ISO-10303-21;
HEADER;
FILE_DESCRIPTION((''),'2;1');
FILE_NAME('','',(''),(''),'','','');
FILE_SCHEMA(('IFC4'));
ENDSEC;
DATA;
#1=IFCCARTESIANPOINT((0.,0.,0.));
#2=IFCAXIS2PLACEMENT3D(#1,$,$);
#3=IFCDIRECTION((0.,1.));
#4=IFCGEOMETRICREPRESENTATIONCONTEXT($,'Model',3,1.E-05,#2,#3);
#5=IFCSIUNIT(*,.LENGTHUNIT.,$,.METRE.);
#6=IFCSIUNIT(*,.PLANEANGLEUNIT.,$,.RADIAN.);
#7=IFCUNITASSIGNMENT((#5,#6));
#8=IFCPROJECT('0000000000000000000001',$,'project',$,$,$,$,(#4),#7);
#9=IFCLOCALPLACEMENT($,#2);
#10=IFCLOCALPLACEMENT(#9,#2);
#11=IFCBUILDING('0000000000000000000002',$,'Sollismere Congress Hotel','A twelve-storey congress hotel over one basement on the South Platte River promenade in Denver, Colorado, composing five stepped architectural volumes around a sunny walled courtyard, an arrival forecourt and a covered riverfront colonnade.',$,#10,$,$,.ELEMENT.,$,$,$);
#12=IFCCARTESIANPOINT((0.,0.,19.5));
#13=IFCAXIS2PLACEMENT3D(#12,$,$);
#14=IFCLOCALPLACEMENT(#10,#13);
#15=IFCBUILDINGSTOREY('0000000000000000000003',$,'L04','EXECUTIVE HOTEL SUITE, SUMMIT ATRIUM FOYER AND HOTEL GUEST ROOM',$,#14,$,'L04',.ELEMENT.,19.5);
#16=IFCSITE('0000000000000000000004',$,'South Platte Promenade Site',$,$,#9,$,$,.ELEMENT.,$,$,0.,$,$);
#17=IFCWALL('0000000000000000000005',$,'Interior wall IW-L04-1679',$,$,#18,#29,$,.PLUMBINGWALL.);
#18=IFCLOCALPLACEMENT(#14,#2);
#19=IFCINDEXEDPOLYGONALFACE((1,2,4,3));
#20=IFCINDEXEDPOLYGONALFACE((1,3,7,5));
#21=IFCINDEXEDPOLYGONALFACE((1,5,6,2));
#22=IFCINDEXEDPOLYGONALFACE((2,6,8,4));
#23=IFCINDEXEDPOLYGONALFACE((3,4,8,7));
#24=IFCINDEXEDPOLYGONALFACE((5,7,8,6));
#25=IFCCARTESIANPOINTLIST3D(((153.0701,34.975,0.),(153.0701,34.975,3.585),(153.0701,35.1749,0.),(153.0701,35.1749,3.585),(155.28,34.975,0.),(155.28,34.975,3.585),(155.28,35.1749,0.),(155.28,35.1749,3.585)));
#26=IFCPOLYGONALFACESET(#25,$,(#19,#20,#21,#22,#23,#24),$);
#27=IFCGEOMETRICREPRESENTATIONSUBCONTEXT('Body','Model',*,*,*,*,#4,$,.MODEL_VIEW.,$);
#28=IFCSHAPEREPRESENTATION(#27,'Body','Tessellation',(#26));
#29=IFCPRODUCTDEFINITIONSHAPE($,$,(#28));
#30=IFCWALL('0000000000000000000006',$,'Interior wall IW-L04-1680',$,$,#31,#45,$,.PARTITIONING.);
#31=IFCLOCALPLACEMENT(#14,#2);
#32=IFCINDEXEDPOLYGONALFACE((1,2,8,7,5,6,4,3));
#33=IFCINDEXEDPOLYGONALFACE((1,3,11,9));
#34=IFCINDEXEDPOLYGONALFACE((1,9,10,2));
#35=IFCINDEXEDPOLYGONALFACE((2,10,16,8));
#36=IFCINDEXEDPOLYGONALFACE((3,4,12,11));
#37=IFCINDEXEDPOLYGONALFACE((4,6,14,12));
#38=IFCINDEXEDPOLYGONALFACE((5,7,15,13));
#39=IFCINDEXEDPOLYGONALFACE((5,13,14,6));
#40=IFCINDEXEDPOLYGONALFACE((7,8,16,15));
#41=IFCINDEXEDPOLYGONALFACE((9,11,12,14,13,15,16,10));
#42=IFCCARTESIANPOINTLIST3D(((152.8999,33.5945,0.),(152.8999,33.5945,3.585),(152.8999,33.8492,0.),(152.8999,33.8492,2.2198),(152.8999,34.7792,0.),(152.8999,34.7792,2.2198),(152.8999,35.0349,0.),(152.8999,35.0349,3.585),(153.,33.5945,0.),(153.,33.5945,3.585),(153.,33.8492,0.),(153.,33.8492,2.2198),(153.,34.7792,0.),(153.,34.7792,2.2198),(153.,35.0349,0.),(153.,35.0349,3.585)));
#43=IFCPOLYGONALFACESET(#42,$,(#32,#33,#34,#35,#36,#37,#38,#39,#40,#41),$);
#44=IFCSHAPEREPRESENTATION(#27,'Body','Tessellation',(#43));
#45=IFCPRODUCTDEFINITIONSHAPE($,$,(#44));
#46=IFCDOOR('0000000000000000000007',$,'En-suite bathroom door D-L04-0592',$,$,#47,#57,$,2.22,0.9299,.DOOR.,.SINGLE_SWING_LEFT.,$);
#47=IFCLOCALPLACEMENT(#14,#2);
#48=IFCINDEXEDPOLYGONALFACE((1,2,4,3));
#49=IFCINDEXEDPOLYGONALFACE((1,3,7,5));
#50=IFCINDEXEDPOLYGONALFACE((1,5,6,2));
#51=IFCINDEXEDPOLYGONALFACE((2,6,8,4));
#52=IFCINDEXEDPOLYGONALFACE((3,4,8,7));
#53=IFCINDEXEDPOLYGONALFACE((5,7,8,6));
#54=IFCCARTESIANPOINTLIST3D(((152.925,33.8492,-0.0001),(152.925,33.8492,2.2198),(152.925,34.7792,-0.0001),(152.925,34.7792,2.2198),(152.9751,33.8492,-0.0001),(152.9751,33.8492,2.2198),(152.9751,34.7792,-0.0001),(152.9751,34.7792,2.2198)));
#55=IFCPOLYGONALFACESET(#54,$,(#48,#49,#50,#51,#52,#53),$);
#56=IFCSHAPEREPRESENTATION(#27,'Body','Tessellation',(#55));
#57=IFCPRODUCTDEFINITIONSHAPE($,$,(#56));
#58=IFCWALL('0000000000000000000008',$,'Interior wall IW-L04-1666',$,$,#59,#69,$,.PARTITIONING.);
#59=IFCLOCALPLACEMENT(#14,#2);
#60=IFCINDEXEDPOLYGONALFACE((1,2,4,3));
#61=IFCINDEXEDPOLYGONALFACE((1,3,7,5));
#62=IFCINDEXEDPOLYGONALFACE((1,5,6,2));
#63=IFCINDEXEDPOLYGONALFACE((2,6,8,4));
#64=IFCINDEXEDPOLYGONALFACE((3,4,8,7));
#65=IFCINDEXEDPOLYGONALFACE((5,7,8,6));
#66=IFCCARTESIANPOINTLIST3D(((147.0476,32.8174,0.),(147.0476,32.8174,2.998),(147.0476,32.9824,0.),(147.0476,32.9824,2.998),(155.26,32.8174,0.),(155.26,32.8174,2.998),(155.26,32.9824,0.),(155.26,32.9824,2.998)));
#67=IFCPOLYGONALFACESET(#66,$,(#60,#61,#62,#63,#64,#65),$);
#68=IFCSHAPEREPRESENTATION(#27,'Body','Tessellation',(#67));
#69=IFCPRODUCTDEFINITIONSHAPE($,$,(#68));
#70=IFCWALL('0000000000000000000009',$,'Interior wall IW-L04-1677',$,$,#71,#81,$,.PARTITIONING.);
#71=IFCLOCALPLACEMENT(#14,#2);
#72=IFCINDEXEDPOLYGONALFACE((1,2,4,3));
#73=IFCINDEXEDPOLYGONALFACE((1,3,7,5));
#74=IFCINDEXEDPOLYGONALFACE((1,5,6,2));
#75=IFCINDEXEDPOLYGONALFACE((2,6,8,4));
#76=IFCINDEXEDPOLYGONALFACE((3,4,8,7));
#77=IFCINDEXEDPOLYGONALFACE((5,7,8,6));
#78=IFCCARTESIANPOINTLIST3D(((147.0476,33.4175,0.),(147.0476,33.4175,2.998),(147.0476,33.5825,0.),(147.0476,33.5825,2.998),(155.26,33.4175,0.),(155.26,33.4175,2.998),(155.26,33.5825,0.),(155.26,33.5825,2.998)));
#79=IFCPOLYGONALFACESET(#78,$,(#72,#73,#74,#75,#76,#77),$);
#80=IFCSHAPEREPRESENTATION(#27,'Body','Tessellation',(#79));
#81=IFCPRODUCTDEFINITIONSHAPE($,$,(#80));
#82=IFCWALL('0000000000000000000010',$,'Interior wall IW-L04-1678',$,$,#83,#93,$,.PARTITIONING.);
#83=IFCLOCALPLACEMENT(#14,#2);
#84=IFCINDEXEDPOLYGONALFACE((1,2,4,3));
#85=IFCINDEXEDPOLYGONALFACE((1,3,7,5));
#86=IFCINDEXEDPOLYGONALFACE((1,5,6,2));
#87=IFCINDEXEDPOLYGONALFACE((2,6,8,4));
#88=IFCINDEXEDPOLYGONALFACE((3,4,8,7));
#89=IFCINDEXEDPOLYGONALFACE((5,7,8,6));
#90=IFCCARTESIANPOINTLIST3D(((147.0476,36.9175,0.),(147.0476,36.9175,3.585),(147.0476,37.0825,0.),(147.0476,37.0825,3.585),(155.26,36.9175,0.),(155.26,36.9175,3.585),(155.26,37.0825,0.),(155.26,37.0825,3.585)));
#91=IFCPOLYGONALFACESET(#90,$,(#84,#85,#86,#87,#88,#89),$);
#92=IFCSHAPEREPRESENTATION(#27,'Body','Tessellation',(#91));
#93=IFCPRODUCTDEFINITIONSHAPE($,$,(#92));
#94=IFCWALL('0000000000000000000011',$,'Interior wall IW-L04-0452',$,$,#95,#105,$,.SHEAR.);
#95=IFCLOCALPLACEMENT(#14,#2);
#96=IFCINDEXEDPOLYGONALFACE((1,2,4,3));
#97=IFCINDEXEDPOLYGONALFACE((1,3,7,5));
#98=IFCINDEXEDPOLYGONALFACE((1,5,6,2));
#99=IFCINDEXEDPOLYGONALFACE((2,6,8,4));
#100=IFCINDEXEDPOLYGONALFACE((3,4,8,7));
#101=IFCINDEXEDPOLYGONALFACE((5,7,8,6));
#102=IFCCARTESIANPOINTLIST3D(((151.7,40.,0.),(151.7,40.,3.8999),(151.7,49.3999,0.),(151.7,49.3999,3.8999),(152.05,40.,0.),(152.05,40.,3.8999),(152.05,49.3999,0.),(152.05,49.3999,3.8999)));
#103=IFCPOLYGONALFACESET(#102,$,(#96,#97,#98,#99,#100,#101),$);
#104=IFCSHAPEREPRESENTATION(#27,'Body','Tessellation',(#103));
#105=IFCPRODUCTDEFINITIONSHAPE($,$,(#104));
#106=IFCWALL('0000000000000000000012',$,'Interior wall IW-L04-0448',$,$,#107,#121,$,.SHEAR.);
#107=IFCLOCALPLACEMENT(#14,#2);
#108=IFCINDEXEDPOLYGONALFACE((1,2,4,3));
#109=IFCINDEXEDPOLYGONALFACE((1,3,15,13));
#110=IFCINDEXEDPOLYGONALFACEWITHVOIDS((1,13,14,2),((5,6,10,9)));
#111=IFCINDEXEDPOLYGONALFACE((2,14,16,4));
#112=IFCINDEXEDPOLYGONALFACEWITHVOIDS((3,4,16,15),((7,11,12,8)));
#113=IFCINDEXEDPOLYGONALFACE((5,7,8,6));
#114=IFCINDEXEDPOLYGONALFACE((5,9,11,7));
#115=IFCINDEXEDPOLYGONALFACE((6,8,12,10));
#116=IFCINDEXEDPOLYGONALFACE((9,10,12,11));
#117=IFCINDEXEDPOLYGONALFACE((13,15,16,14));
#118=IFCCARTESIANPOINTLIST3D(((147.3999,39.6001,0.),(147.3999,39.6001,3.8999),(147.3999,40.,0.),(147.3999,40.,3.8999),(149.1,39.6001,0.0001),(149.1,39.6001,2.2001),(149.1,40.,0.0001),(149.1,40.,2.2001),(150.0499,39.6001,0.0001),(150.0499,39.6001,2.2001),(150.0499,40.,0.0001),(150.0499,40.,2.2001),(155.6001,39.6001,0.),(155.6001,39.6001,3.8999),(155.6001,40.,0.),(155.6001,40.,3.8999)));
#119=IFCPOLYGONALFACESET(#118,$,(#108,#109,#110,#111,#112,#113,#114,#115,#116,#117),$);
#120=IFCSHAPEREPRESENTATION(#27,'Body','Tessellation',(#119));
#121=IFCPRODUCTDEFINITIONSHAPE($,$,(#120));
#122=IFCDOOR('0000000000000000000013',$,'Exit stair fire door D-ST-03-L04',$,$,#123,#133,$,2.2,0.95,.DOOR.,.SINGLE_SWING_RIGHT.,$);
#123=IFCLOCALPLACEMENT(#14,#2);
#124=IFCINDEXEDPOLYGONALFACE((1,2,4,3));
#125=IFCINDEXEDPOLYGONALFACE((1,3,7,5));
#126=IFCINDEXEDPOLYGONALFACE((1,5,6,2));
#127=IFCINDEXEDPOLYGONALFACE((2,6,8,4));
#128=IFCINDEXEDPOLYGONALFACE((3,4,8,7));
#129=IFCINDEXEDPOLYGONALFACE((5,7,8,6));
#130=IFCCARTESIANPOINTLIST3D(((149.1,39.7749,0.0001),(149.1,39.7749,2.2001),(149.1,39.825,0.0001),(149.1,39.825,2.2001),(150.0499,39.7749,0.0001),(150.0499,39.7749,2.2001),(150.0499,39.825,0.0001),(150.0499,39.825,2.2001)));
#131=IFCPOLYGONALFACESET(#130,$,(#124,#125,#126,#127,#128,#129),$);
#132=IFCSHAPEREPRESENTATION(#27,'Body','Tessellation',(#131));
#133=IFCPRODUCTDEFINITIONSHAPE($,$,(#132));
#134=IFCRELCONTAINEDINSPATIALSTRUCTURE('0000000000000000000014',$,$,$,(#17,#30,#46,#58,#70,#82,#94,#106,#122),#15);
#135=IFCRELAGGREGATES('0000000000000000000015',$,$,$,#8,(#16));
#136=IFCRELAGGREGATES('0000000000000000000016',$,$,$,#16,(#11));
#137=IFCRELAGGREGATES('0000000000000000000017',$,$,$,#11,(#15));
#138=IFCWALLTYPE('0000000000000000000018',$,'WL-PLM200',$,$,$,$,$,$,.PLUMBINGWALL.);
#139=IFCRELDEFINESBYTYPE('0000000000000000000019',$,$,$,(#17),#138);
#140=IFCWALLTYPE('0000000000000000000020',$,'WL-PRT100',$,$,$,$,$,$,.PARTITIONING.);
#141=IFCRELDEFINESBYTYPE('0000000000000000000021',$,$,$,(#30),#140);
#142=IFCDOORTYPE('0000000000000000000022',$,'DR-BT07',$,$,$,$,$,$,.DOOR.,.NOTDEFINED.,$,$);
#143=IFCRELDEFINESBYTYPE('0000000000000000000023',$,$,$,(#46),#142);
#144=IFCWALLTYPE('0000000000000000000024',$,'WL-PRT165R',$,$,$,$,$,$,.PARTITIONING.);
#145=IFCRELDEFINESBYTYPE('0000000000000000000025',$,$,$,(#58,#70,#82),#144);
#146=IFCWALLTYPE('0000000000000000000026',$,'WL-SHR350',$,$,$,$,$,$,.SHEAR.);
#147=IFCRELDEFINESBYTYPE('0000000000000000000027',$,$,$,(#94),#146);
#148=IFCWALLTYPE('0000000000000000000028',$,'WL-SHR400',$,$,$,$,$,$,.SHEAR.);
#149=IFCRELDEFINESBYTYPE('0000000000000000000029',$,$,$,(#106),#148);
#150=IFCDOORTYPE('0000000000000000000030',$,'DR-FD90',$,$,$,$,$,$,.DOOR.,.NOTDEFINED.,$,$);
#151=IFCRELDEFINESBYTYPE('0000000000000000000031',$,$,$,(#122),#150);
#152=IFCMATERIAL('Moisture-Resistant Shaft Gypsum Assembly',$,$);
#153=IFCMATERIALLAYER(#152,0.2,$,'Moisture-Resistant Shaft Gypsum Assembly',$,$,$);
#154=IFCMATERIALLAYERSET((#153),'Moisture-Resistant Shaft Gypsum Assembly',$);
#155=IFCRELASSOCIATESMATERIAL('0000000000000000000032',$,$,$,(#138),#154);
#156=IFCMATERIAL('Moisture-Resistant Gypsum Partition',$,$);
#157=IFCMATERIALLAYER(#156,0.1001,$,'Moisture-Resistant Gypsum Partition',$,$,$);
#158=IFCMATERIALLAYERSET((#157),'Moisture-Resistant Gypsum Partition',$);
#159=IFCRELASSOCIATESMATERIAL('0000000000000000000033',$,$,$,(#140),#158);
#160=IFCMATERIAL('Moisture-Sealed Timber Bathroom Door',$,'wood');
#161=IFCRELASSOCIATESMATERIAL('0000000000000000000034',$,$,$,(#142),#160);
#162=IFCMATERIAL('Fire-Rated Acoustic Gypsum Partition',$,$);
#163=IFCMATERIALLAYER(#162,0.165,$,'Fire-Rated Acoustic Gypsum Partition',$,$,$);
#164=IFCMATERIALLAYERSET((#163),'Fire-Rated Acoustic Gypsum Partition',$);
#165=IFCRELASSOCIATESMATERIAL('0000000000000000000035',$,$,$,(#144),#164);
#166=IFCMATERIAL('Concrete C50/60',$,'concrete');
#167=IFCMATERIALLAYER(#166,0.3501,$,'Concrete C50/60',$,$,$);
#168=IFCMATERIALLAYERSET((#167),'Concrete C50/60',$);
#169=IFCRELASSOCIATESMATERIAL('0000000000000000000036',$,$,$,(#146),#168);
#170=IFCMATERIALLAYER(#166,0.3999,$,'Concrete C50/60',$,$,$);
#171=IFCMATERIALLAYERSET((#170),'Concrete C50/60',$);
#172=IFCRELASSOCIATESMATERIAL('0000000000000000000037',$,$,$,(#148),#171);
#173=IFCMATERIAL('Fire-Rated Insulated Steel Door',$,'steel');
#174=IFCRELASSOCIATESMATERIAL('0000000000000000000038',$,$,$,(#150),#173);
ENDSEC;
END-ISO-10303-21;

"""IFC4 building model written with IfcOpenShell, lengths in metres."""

from ifc_helpers import new_model, si_unit, direction, frame, frame_2d, origin, place, context, subcontext, project, spatial, rectangle, extrude, material, layer, layer_set, type_object, element, fill, save


model = new_model("IFC4")

# Units and contexts
model_context = context("Model", 3, precision=1e-05, world=origin(), true_north=direction((0.0, 1.0)))
body_context = subcontext(model_context, "Body", "Model", "MODEL_VIEW")
ifc_project = project(units=[si_unit("LENGTHUNIT", "METRE"), si_unit("PLANEANGLEUNIT", "RADIAN")], contexts=[model_context])

# Site, building, storey
site_placement = place(None, origin())
site = spatial("IfcSite", under=ifc_project, at=site_placement, Name="South Platte Promenade Site", CompositionType="ELEMENT", RefElevation=0.0)
building_placement = place(site_placement, origin())
building = spatial("IfcBuilding", under=site, at=building_placement, Name="Sollismere Congress Hotel", Description="A twelve-storey congress hotel over one basement on the South Platte River promenade in Denver, Colorado, composing five stepped architectural volumes around a sunny walled courtyard, an arrival forecourt and a covered riverfront colonnade.", CompositionType="ELEMENT")
storey_placement = place(building_placement, frame((0.0, 0.0, 19.5)))
storey = spatial("IfcBuildingStorey", under=building, at=storey_placement, Name="L04", Description="EXECUTIVE HOTEL SUITE, SUMMIT ATRIUM FOYER AND HOTEL GUEST ROOM", LongName="L04", CompositionType="ELEMENT", Elevation=19.5)

# Wall
ifc_material_1 = material(Name="Moisture-Resistant Shaft Gypsum Assembly")
ifc_layer_1 = layer(ifc_material_1, 0.2, Name="Moisture-Resistant Shaft Gypsum Assembly")
ifc_layer_set_1 = layer_set([ifc_layer_1], Name="Moisture-Resistant Shaft Gypsum Assembly")
wall_type_1 = type_object("IfcWallType", Name="WL-PLM200", PredefinedType="PLUMBINGWALL", material=ifc_layer_set_1)
wall_1_placement = place(storey_placement, frame((153.0701, 35.075, 0.0), z_axis=(0.0, 0.0, 1.0), x_axis=(1.0, 0.0, 0.0)))
element("IfcWall", 1, at=wall_1_placement, inside=storey, type_object=wall_type_1, Name="Interior wall IW-L04-1679", PredefinedType="PLUMBINGWALL", context=body_context, shape_type="SweptSolid", body=[
    extrude(rectangle(XDim=2.21, YDim=0.2, at=frame_2d((1.105, 0.0))), origin(), (0.0, 0.0, 1.0), 3.585),
])

# Wall, opening, door
ifc_material_2 = material(Name="Moisture-Resistant Gypsum Partition")
ifc_layer_2 = layer(ifc_material_2, 0.1001, Name="Moisture-Resistant Gypsum Partition")
ifc_layer_set_2 = layer_set([ifc_layer_2], Name="Moisture-Resistant Gypsum Partition")
wall_type_2 = type_object("IfcWallType", Name="WL-PRT100", PredefinedType="PARTITIONING", material=ifc_layer_set_2)
wall_2_placement = place(storey_placement, frame((152.95, 33.5945, 0.0), z_axis=(0.0, 0.0, 1.0), x_axis=(0.0, 1.0, 0.0)))
wall_2 = element("IfcWall", 2, at=wall_2_placement, inside=storey, type_object=wall_type_2, Name="Interior wall IW-L04-1680", PredefinedType="PARTITIONING", context=body_context, shape_type="SweptSolid", body=[
    extrude(rectangle(XDim=1.4404, YDim=0.1001, at=frame_2d((0.7202, 0.0))), origin(), (0.0, 0.0, 1.0), 3.585),
])
opening_1_placement = place(wall_2_placement, frame((0.2549, 0.0, 0.0)))
opening_1 = element("IfcOpeningElement", 3, at=opening_1_placement, cuts=wall_2, PredefinedType="OPENING", context=body_context, shape_type="SweptSolid", body=[
    extrude(rectangle(XDim=0.9299, YDim=2.22, at=frame_2d((0.4648, 1.1099))), frame((0.0, 0.0601, 0.0), z_axis=(0.0, -1.0, 0.0), x_axis=(1.0, 0.0, 0.0)), (0.0, 0.0, 1.0), 0.1201),
])
ifc_material_3 = material(Name="Moisture-Sealed Timber Bathroom Door", Category="wood")
door_type_1 = type_object("IfcDoorType", Name="DR-BT07", OperationType="NOTDEFINED", PredefinedType="DOOR", material=ifc_material_3)
door_1_placement = place(opening_1_placement, origin())
door_1 = element("IfcDoor", 4, at=door_1_placement, inside=storey, type_object=door_type_1, Name="En-suite bathroom door D-L04-0592", OperationType="SINGLE_SWING_LEFT", OverallHeight=2.22, OverallWidth=0.9299, PredefinedType="DOOR", context=body_context, shape_type="SweptSolid", body=[
    extrude(rectangle(XDim=0.9299, YDim=2.22, at=frame_2d((0.4648, 1.1099))), frame((0.0, 0.0249, 0.0), z_axis=(0.0, -1.0, 0.0), x_axis=(1.0, 0.0, 0.0)), (0.0, 0.0, 1.0), 0.05),
])
fill(opening_1, door_1)

# Walls
ifc_material_4 = material(Name="Fire-Rated Acoustic Gypsum Partition")
ifc_layer_3 = layer(ifc_material_4, 0.165, Name="Fire-Rated Acoustic Gypsum Partition")
ifc_layer_set_3 = layer_set([ifc_layer_3], Name="Fire-Rated Acoustic Gypsum Partition")
wall_type_3 = type_object("IfcWallType", Name="WL-PRT165R", PredefinedType="PARTITIONING", material=ifc_layer_set_3)
for number, where, z_axis, x_axis, name in (
    (5, (147.0476, 32.8999, 0.0), (0.0, 0.0, 1.0), (1.0, 0.0, 0.0), "Interior wall IW-L04-1666"),
    (6, (147.0476, 33.5, 0.0), (0.0, 0.0, 1.0), (1.0, 0.0, 0.0), "Interior wall IW-L04-1677"),
):
    element("IfcWall", number, at=place(storey_placement, frame(where, z_axis=z_axis, x_axis=x_axis)), inside=storey, type_object=wall_type_3, Name=name, PredefinedType="PARTITIONING", context=body_context, shape_type="SweptSolid", body=[
        extrude(rectangle(XDim=8.2124, YDim=0.165, at=frame_2d((4.1062, 0.0))), origin(), (0.0, 0.0, 1.0), 2.998),
    ])
wall_3_placement = place(storey_placement, frame((147.0476, 37.0, 0.0), z_axis=(0.0, 0.0, 1.0), x_axis=(1.0, 0.0, 0.0)))
element("IfcWall", 7, at=wall_3_placement, inside=storey, type_object=wall_type_3, Name="Interior wall IW-L04-1678", PredefinedType="PARTITIONING", context=body_context, shape_type="SweptSolid", body=[
    extrude(rectangle(XDim=8.2124, YDim=0.165, at=frame_2d((4.1062, 0.0))), origin(), (0.0, 0.0, 1.0), 3.585),
])
ifc_material_5 = material(Name="Concrete C50/60", Category="concrete")
ifc_layer_4 = layer(ifc_material_5, 0.3501, Name="Concrete C50/60")
ifc_layer_set_4 = layer_set([ifc_layer_4], Name="Concrete C50/60")
wall_type_4 = type_object("IfcWallType", Name="WL-SHR350", PredefinedType="SHEAR", material=ifc_layer_set_4)
wall_4_placement = place(storey_placement, frame((151.875, 40.0, 0.0), z_axis=(0.0, 0.0, 1.0), x_axis=(0.0, 1.0, 0.0)))
element("IfcWall", 8, at=wall_4_placement, inside=storey, type_object=wall_type_4, Name="Interior wall IW-L04-0452", PredefinedType="SHEAR", context=body_context, shape_type="SweptSolid", body=[
    extrude(rectangle(XDim=9.3999, YDim=0.3501, at=frame_2d((4.7, 0.0))), origin(), (0.0, 0.0, 1.0), 3.8999),
])

# Wall, opening, door
ifc_layer_5 = layer(ifc_material_5, 0.3999, Name="Concrete C50/60")
ifc_layer_set_5 = layer_set([ifc_layer_5], Name="Concrete C50/60")
wall_type_5 = type_object("IfcWallType", Name="WL-SHR400", PredefinedType="SHEAR", material=ifc_layer_set_5)
wall_5_placement = place(storey_placement, frame((147.3999, 39.8, 0.0), z_axis=(0.0, 0.0, 1.0), x_axis=(1.0, 0.0, 0.0)))
wall_5 = element("IfcWall", 9, at=wall_5_placement, inside=storey, type_object=wall_type_5, Name="Interior wall IW-L04-0448", PredefinedType="SHEAR", context=body_context, shape_type="SweptSolid", body=[
    extrude(rectangle(XDim=8.2002, YDim=0.3999, at=frame_2d((4.1001, 0.0))), origin(), (0.0, 0.0, 1.0), 3.8999),
])
opening_2_placement = place(wall_5_placement, frame((1.7, 0.0, 0.0)))
opening_2 = element("IfcOpeningElement", 10, at=opening_2_placement, cuts=wall_5, PredefinedType="OPENING", context=body_context, shape_type="SweptSolid", body=[
    extrude(rectangle(XDim=0.95, YDim=2.2, at=frame_2d((0.4751, 1.1001))), frame((0.0, 0.21, 0.0), z_axis=(0.0, -1.0, 0.0), x_axis=(1.0, 0.0, 0.0)), (0.0, 0.0, 1.0), 0.4199),
])
ifc_material_6 = material(Name="Fire-Rated Insulated Steel Door", Category="steel")
door_type_2 = type_object("IfcDoorType", Name="DR-FD90", OperationType="NOTDEFINED", PredefinedType="DOOR", material=ifc_material_6)
door_2_placement = place(opening_2_placement, origin())
door_2 = element("IfcDoor", 11, at=door_2_placement, inside=storey, type_object=door_type_2, Name="Exit stair fire door D-ST-03-L04", OperationType="SINGLE_SWING_RIGHT", OverallHeight=2.2, OverallWidth=0.95, PredefinedType="DOOR", context=body_context, shape_type="SweptSolid", body=[
    extrude(rectangle(XDim=0.95, YDim=2.2, at=frame_2d((0.4751, 1.1001))), frame((0.0, 0.0249, 0.0), z_axis=(0.0, -1.0, 0.0), x_axis=(1.0, 0.0, 0.0)), (0.0, 0.0, 1.0), 0.05),
])
fill(opening_2, door_2)

save(model, "model.ifc")
